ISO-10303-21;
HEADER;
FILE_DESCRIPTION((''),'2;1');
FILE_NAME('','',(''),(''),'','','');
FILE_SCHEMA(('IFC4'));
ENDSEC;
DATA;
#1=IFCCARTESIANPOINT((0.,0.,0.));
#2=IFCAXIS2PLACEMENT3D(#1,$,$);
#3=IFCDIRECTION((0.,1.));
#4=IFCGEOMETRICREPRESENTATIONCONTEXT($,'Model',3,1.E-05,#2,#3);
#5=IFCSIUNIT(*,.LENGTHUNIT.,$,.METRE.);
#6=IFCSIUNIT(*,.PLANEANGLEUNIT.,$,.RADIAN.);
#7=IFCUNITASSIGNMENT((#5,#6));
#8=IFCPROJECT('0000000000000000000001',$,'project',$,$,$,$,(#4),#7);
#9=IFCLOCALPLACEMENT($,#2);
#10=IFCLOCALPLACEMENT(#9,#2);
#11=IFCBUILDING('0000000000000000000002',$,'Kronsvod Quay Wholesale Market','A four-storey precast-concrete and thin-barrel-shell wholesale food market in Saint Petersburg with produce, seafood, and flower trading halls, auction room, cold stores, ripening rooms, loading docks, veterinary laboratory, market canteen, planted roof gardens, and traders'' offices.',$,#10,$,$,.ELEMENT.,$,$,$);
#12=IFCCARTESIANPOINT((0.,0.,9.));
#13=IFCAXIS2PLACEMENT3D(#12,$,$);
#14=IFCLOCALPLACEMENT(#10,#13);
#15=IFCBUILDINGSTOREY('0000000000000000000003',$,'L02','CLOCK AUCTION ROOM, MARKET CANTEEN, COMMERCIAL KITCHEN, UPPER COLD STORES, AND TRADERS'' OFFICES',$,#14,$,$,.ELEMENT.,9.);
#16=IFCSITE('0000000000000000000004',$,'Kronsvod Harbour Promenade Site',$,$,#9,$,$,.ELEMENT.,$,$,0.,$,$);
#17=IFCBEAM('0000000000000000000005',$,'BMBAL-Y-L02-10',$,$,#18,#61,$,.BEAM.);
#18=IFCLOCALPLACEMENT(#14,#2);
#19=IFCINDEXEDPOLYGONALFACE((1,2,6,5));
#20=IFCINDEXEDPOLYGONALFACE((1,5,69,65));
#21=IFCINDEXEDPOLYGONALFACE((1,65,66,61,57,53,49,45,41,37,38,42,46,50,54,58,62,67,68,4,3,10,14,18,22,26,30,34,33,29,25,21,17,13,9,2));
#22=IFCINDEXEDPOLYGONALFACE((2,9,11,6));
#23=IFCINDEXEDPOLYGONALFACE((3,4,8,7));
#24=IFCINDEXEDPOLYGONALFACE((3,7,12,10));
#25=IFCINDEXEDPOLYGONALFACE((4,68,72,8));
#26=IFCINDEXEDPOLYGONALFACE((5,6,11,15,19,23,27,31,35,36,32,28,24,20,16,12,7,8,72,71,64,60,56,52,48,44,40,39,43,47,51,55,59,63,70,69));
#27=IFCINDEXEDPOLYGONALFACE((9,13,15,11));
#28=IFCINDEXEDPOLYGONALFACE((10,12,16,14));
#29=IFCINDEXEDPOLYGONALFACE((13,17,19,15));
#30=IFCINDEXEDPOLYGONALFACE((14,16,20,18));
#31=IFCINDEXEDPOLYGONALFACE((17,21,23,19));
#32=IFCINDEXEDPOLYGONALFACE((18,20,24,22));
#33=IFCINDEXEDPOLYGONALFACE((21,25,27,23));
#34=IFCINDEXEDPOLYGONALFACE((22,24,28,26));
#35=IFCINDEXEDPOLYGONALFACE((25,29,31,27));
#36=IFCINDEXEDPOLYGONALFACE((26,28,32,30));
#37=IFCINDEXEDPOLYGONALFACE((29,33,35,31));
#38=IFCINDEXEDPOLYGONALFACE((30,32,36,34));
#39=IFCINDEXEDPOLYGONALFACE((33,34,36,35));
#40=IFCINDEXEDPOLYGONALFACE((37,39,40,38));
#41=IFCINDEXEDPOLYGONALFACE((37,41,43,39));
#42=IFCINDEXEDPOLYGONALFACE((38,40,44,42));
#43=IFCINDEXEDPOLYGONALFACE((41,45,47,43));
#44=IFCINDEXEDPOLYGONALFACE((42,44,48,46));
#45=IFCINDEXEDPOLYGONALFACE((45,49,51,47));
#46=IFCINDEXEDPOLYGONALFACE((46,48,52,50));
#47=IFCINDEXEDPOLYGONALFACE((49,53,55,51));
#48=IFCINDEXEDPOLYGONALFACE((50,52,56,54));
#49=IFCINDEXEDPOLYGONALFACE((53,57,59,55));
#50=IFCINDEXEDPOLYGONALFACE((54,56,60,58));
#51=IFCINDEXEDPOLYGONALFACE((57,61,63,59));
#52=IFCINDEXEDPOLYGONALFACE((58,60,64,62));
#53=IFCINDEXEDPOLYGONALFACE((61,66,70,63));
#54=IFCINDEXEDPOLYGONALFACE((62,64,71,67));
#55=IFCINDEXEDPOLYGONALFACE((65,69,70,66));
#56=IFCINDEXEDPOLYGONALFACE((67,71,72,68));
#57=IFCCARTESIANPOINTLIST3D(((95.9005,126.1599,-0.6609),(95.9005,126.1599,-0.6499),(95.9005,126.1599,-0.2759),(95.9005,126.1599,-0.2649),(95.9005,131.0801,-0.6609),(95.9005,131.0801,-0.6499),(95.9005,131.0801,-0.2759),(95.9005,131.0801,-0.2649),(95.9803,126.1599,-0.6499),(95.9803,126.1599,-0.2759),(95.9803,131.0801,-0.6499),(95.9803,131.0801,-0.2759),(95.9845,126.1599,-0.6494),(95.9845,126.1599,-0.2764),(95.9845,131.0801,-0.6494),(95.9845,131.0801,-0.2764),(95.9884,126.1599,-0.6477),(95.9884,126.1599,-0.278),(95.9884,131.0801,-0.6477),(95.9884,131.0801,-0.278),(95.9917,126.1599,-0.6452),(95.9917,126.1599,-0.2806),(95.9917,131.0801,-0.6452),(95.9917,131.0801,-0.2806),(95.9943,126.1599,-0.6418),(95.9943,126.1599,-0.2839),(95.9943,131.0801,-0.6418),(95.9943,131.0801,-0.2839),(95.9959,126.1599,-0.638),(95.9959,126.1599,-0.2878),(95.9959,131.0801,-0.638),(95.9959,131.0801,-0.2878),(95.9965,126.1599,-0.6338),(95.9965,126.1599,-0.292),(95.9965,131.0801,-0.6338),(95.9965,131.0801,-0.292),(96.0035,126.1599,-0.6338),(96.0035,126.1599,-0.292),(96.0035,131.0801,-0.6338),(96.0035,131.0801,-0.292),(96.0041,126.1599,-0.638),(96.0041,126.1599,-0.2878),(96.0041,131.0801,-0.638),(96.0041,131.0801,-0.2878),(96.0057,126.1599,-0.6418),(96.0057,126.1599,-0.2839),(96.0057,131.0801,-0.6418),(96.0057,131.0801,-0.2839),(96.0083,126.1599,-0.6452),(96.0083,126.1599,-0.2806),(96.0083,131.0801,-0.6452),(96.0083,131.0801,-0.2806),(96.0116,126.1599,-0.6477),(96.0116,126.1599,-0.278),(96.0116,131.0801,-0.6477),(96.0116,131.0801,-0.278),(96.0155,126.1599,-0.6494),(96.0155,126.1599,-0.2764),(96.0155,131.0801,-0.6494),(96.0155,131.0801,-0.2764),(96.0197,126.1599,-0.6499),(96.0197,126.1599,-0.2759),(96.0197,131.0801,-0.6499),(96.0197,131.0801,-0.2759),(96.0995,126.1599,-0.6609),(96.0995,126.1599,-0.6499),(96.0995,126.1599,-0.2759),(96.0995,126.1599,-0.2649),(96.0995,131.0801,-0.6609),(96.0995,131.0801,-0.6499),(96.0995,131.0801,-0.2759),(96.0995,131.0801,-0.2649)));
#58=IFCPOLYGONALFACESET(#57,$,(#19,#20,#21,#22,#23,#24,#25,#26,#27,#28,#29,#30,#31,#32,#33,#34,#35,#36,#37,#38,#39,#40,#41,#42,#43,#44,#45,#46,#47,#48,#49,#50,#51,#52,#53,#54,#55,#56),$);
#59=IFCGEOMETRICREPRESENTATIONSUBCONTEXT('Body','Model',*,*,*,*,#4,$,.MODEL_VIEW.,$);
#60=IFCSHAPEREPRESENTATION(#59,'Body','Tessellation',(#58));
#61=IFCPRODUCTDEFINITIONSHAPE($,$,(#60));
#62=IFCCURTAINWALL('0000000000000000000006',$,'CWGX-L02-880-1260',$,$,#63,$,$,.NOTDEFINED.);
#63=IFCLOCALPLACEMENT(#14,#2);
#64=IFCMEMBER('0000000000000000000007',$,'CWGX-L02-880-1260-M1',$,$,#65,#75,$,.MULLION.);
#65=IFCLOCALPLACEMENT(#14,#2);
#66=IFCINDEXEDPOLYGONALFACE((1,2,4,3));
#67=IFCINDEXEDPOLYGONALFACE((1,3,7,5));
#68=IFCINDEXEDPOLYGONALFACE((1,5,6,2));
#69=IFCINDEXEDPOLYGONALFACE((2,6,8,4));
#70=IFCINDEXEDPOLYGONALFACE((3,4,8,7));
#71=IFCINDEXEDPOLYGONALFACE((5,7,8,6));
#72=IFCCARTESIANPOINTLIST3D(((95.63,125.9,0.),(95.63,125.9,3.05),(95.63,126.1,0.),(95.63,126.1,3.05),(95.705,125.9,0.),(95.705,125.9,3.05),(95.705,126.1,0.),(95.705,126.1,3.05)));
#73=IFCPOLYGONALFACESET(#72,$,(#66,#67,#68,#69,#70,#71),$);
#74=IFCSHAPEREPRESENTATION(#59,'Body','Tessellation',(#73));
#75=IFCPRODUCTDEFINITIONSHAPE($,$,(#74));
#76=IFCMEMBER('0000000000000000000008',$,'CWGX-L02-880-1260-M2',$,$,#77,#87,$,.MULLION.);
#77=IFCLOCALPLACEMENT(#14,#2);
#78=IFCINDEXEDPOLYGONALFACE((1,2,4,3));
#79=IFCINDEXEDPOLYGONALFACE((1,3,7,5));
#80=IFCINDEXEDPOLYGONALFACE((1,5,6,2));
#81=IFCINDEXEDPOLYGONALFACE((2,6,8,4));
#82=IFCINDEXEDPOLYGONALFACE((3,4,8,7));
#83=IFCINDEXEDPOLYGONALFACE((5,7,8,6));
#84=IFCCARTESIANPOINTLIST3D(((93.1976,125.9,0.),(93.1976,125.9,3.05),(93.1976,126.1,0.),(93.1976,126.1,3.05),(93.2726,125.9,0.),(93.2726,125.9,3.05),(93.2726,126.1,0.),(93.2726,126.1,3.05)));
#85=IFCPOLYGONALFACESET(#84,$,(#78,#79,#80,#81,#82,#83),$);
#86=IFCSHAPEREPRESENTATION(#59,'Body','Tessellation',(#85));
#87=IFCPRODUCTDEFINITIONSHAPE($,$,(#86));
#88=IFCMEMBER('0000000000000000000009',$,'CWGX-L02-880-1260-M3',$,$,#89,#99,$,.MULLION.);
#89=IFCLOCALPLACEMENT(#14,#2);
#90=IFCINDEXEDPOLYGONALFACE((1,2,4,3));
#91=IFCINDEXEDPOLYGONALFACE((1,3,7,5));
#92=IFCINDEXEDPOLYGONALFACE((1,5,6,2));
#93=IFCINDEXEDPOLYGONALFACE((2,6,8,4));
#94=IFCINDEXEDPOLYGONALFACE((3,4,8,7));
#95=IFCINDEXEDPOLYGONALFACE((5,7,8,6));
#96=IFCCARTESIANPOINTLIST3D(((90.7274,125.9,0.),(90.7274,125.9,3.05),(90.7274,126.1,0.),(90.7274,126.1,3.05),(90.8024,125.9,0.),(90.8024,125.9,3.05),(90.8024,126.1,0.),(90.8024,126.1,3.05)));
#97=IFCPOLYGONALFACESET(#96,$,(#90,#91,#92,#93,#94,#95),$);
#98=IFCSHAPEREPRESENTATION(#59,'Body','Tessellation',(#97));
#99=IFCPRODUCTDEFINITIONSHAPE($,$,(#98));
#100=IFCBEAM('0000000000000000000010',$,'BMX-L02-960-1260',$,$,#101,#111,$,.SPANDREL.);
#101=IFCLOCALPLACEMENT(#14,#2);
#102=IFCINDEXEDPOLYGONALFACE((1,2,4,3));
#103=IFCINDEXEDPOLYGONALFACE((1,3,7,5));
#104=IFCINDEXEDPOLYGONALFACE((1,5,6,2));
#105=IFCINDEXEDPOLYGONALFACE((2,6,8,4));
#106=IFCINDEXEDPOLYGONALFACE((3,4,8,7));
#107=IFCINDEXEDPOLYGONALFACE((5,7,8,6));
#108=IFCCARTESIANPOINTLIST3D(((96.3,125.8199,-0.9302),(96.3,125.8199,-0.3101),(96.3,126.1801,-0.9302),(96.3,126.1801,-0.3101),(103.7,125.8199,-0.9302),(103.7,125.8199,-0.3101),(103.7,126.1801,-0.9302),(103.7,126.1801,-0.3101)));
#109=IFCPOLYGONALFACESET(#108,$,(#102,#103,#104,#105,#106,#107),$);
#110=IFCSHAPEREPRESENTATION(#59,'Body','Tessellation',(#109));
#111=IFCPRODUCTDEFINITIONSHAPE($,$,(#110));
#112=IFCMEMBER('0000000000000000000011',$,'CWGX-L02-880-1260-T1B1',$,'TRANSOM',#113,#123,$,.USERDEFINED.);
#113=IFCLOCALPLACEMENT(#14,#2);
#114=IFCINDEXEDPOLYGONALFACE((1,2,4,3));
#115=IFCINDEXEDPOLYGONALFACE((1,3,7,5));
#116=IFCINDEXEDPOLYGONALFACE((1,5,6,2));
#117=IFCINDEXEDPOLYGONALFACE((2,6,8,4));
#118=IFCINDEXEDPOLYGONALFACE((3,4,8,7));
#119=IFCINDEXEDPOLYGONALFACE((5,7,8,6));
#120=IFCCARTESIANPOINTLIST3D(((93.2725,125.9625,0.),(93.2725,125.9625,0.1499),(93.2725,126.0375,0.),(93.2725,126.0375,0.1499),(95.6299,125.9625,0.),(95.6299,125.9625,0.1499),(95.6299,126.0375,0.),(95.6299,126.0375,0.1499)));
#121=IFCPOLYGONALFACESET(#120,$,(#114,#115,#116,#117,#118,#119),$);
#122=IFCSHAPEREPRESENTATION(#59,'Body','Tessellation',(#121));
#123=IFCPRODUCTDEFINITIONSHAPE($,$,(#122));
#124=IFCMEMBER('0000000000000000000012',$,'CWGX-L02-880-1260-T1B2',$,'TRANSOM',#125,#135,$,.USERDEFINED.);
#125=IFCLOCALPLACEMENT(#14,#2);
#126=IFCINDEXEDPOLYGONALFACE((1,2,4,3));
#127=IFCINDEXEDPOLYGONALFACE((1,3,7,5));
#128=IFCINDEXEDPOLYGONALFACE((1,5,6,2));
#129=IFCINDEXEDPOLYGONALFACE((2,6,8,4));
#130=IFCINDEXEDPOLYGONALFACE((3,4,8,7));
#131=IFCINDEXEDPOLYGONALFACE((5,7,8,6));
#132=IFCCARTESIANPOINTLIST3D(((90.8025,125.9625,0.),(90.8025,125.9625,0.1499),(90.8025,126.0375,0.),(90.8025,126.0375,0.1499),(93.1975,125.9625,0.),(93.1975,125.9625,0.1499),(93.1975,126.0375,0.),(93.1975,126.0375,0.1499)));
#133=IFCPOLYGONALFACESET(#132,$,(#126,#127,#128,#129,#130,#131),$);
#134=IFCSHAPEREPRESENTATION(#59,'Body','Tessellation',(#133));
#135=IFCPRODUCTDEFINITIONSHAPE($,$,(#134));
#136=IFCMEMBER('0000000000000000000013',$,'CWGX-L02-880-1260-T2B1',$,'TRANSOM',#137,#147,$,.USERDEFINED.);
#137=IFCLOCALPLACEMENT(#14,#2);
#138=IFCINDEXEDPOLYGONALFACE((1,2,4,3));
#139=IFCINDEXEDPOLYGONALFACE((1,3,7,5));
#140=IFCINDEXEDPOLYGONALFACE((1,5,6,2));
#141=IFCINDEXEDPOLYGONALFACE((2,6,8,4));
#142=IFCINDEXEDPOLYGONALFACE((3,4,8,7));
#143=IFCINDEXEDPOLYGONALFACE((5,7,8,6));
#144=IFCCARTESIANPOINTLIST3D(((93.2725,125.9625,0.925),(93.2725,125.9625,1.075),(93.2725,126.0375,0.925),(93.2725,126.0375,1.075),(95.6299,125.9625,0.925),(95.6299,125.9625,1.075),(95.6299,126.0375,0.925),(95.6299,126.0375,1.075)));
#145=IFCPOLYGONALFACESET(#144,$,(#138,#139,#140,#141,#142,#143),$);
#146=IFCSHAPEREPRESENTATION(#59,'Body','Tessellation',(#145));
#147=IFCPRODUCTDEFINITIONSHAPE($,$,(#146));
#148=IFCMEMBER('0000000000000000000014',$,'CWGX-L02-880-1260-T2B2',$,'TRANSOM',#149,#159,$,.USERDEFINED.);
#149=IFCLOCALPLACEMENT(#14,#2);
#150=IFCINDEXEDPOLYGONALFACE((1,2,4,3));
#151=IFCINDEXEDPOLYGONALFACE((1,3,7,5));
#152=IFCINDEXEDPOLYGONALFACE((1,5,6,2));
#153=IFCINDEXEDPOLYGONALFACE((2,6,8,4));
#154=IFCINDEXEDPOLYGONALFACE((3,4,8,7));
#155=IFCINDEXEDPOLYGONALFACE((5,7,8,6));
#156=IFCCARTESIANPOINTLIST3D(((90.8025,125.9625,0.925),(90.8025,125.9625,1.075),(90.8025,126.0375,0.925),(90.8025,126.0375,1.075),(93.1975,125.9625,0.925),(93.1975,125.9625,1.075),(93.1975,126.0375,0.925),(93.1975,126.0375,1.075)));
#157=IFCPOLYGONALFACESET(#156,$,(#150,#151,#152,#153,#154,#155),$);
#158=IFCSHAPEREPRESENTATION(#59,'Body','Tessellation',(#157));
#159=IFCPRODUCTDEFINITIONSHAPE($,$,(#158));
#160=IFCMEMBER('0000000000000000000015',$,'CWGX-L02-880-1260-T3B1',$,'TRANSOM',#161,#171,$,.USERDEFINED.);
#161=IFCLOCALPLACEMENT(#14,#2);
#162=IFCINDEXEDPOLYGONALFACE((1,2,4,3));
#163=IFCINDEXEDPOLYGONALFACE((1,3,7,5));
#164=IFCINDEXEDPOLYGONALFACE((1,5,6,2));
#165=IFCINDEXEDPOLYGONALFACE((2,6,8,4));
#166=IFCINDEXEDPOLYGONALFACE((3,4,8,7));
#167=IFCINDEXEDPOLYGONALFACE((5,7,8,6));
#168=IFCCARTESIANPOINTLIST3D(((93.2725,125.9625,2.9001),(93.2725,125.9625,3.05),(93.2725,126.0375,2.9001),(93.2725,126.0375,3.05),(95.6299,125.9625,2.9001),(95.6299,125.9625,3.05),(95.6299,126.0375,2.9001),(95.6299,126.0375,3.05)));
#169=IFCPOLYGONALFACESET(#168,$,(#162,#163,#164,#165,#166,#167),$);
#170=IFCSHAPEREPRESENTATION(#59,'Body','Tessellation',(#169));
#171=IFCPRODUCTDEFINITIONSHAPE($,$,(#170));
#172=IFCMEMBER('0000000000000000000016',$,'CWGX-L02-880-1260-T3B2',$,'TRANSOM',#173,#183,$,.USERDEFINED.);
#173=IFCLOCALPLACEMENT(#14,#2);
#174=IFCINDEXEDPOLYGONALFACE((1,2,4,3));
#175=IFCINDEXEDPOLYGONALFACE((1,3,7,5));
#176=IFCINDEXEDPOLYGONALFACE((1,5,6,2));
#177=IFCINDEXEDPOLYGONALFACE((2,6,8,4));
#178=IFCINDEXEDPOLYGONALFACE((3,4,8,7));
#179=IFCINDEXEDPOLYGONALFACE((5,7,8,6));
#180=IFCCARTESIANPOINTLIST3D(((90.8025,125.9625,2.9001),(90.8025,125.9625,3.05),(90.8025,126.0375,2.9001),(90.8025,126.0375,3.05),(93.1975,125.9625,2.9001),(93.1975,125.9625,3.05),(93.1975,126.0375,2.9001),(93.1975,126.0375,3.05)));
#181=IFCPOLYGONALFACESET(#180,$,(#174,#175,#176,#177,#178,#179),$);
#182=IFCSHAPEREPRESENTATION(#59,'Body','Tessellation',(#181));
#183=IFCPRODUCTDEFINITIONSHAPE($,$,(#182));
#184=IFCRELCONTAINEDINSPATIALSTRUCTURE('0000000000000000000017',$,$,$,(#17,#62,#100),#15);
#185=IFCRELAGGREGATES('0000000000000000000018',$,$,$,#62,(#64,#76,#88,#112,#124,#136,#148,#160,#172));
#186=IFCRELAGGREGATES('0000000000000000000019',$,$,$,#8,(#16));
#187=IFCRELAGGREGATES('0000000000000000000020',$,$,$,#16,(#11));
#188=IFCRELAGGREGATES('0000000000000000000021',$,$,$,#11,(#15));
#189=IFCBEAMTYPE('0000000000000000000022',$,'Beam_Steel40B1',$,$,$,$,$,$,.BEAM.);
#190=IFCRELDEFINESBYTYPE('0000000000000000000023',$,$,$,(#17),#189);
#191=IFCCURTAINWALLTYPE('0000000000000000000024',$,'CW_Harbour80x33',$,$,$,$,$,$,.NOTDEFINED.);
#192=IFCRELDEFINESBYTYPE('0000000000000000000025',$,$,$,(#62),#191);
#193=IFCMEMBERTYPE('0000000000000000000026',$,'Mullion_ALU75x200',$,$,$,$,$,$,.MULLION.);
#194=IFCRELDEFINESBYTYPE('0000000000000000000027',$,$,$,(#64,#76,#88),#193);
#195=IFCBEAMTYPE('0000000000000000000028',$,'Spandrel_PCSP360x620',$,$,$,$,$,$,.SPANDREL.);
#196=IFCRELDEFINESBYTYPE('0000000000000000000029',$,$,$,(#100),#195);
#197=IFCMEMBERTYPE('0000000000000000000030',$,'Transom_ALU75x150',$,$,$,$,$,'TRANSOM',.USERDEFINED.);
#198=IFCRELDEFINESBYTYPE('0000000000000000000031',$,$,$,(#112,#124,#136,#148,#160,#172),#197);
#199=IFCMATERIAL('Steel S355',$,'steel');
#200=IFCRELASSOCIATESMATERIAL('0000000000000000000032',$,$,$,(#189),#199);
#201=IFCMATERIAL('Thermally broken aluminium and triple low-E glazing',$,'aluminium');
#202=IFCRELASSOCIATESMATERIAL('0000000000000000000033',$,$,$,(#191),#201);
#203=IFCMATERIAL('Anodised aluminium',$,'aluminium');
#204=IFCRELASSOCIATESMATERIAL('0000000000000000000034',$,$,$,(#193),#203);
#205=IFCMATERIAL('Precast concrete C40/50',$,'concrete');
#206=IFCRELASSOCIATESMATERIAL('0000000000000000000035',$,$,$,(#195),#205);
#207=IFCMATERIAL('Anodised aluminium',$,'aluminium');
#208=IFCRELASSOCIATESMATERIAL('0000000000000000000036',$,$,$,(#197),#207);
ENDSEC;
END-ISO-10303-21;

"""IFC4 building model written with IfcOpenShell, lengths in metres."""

from ifc_helpers import new_model, si_unit, direction, frame, origin, origin_2d, place, context, subcontext, project, spatial, rectangle, i_section, extrude, material, material_profile, profile_set, type_object, element, aggregate, save


model = new_model("IFC4")

# Units and contexts
model_context = context("Model", 3, precision=1e-05, world=origin(), true_north=direction((0.0, 1.0)))
body_context = subcontext(model_context, "Body", "Model", "MODEL_VIEW")
ifc_project = project(units=[si_unit("LENGTHUNIT", "METRE"), si_unit("PLANEANGLEUNIT", "RADIAN")], contexts=[model_context])

# Site, building, storey
site_placement = place(None, origin())
site = spatial("IfcSite", under=ifc_project, at=site_placement, Name="Kronsvod Harbour Promenade Site", CompositionType="ELEMENT", RefElevation=0.0)
building_placement = place(site_placement, origin())
building = spatial("IfcBuilding", under=site, at=building_placement, Name="Kronsvod Quay Wholesale Market", Description="A four-storey precast-concrete and thin-barrel-shell wholesale food market in Saint Petersburg with produce, seafood, and flower trading halls, auction room, cold stores, ripening rooms, loading docks, veterinary laboratory, market canteen, planted roof gardens, and traders' offices.", CompositionType="ELEMENT")
storey_placement = place(building_placement, frame((0.0, 0.0, 9.0)))
storey = spatial("IfcBuildingStorey", under=building, at=storey_placement, Name="L02", Description="CLOCK AUCTION ROOM, MARKET CANTEEN, COMMERCIAL KITCHEN, UPPER COLD STORES, AND TRADERS' OFFICES", CompositionType="ELEMENT", Elevation=9.0)

# Beam
ifc_material_1 = material(Name="Steel S355", Category="steel")
ifc_material_profile_1 = material_profile(ifc_material_1, i_section(OverallWidth=0.199, OverallDepth=0.396, WebThickness=0.0071, FlangeThickness=0.011, FilletRadius=0.0161, at=origin_2d()), Name="40B1")
ifc_profile_set_1 = profile_set([ifc_material_profile_1], Name="Steel S355")
beam_type_1 = type_object("IfcBeamType", Name="Beam_Steel40B1", PredefinedType="BEAM", material=ifc_profile_set_1)
for number, where, z_axis, x_axis, name in (
    (1, (96.0, 126.1599, -0.4629), (0.0, 1.0, 0.0), (-1.0, 0.0, 0.0), "BMBAL-Y-L02-10"),
):
    element("IfcBeam", number, at=place(storey_placement, frame(where, z_axis=z_axis, x_axis=x_axis)), inside=storey, type_object=beam_type_1, Name=name, PredefinedType="BEAM", context=body_context, shape_type="SweptSolid", body=[
        extrude(i_section(OverallWidth=0.199, OverallDepth=0.396, WebThickness=0.0071, FlangeThickness=0.011, FilletRadius=0.0161, at=origin_2d()), origin(), (0.0, 0.0, 1.0), 4.9202),
    ])

# Curtain wall, members
ifc_material_2 = material(Name="Thermally broken aluminium and triple low-E glazing", Category="aluminium")
curtain_wall_type = type_object("IfcCurtainWallType", Name="CW_Harbour80x33", PredefinedType="NOTDEFINED", material=ifc_material_2)
curtain_wall_placement = place(storey_placement, origin())
curtain_wall = element("IfcCurtainWall", 2, at=curtain_wall_placement, inside=storey, type_object=curtain_wall_type, Name="CWGX-L02-880-1260", PredefinedType="NOTDEFINED")
ifc_material_3 = material(Name="Anodised aluminium", Category="aluminium")
ifc_material_profile_2 = material_profile(ifc_material_3, rectangle(XDim=0.075, YDim=0.2, at=origin_2d()), Name="ALUM75x200")
ifc_profile_set_2 = profile_set([ifc_material_profile_2], Name="Anodised aluminium")
member_type_1 = type_object("IfcMemberType", Name="Mullion_ALU75x200", PredefinedType="MULLION", material=ifc_profile_set_2)
member_1_placement = place(storey_placement, frame((95.6675, 126.0, 0.0), z_axis=(0.0, 0.0, 1.0), x_axis=(1.0, 0.0, 0.0)))
member_1 = element("IfcMember", 3, at=member_1_placement, type_object=member_type_1, Name="CWGX-L02-880-1260-M1", PredefinedType="MULLION", context=body_context, shape_type="SweptSolid", body=[
    extrude(rectangle(XDim=0.075, YDim=0.2, at=origin_2d()), origin(), (0.0, 0.0, 1.0), 3.05),
])
member_2_placement = place(storey_placement, frame((93.2351, 126.0, 0.0), z_axis=(0.0, 0.0, 1.0), x_axis=(1.0, 0.0, 0.0)))
member_2 = element("IfcMember", 4, at=member_2_placement, type_object=member_type_1, Name="CWGX-L02-880-1260-M2", PredefinedType="MULLION", context=body_context, shape_type="SweptSolid", body=[
    extrude(rectangle(XDim=0.075, YDim=0.2, at=origin_2d()), origin(), (0.0, 0.0, 1.0), 3.05),
])
member_3_placement = place(storey_placement, frame((90.7649, 126.0, 0.0), z_axis=(0.0, 0.0, 1.0), x_axis=(1.0, 0.0, 0.0)))
member_3 = element("IfcMember", 5, at=member_3_placement, type_object=member_type_1, Name="CWGX-L02-880-1260-M3", PredefinedType="MULLION", context=body_context, shape_type="SweptSolid", body=[
    extrude(rectangle(XDim=0.075, YDim=0.2, at=origin_2d()), origin(), (0.0, 0.0, 1.0), 3.05),
])

# Beam
ifc_material_4 = material(Name="Precast concrete C40/50", Category="concrete")
ifc_material_profile_3 = material_profile(ifc_material_4, rectangle(XDim=0.3601, YDim=0.6201, at=origin_2d()), Name="SPB-02")
ifc_profile_set_3 = profile_set([ifc_material_profile_3], Name="Precast concrete C40/50")
beam_type_2 = type_object("IfcBeamType", Name="Spandrel_PCSP360x620", PredefinedType="SPANDREL", material=ifc_profile_set_3)
beam_placement = place(storey_placement, frame((96.3, 126.0, -0.6201), z_axis=(1.0, 0.0, 0.0), x_axis=(0.0, 1.0, 0.0)))
element("IfcBeam", 6, at=beam_placement, inside=storey, type_object=beam_type_2, Name="BMX-L02-960-1260", PredefinedType="SPANDREL", context=body_context, shape_type="SweptSolid", body=[
    extrude(rectangle(XDim=0.3601, YDim=0.6201, at=origin_2d()), origin(), (0.0, 0.0, 1.0), 7.3999),
])

# Members
ifc_material_5 = material(Name="Anodised aluminium", Category="aluminium")
ifc_material_profile_4 = material_profile(ifc_material_5, rectangle(XDim=0.075, YDim=0.1499, at=origin_2d()), Name="ALUT75x150")
ifc_profile_set_4 = profile_set([ifc_material_profile_4], Name="Anodised aluminium")
member_type_2 = type_object("IfcMemberType", Name="Transom_ALU75x150", ElementType="TRANSOM", PredefinedType="USERDEFINED", material=ifc_profile_set_4)
member_4_placement = place(storey_placement, frame((95.6299, 126.0, 0.075), z_axis=(-1.0, 0.0, 0.0), x_axis=(0.0, -1.0, 0.0)))
member_4 = element("IfcMember", 7, at=member_4_placement, type_object=member_type_2, Name="CWGX-L02-880-1260-T1B1", ObjectType="TRANSOM", PredefinedType="USERDEFINED", context=body_context, shape_type="SweptSolid", body=[
    extrude(rectangle(XDim=0.075, YDim=0.1499, at=origin_2d()), origin(), (0.0, 0.0, 1.0), 2.3574),
])
member_5_placement = place(storey_placement, frame((93.1975, 126.0, 0.075), z_axis=(-1.0, 0.0, 0.0), x_axis=(0.0, -1.0, 0.0)))
member_5 = element("IfcMember", 8, at=member_5_placement, type_object=member_type_2, Name="CWGX-L02-880-1260-T1B2", ObjectType="TRANSOM", PredefinedType="USERDEFINED", context=body_context, shape_type="SweptSolid", body=[
    extrude(rectangle(XDim=0.075, YDim=0.1499, at=origin_2d()), origin(), (0.0, 0.0, 1.0), 2.395),
])
member_6_placement = place(storey_placement, frame((95.6299, 126.0, 1.0), z_axis=(-1.0, 0.0, 0.0), x_axis=(0.0, -1.0, 0.0)))
member_6 = element("IfcMember", 9, at=member_6_placement, type_object=member_type_2, Name="CWGX-L02-880-1260-T2B1", ObjectType="TRANSOM", PredefinedType="USERDEFINED", context=body_context, shape_type="SweptSolid", body=[
    extrude(rectangle(XDim=0.075, YDim=0.1499, at=origin_2d()), origin(), (0.0, 0.0, 1.0), 2.3574),
])
member_7_placement = place(storey_placement, frame((93.1975, 126.0, 1.0), z_axis=(-1.0, 0.0, 0.0), x_axis=(0.0, -1.0, 0.0)))
member_7 = element("IfcMember", 10, at=member_7_placement, type_object=member_type_2, Name="CWGX-L02-880-1260-T2B2", ObjectType="TRANSOM", PredefinedType="USERDEFINED", context=body_context, shape_type="SweptSolid", body=[
    extrude(rectangle(XDim=0.075, YDim=0.1499, at=origin_2d()), origin(), (0.0, 0.0, 1.0), 2.395),
])
member_8_placement = place(storey_placement, frame((95.6299, 126.0, 2.9751), z_axis=(-1.0, 0.0, 0.0), x_axis=(0.0, -1.0, 0.0)))
member_8 = element("IfcMember", 11, at=member_8_placement, type_object=member_type_2, Name="CWGX-L02-880-1260-T3B1", ObjectType="TRANSOM", PredefinedType="USERDEFINED", context=body_context, shape_type="SweptSolid", body=[
    extrude(rectangle(XDim=0.075, YDim=0.1499, at=origin_2d()), origin(), (0.0, 0.0, 1.0), 2.3574),
])
member_9_placement = place(storey_placement, frame((93.1975, 126.0, 2.9751), z_axis=(-1.0, 0.0, 0.0), x_axis=(0.0, -1.0, 0.0)))
member_9 = element("IfcMember", 12, at=member_9_placement, type_object=member_type_2, Name="CWGX-L02-880-1260-T3B2", ObjectType="TRANSOM", PredefinedType="USERDEFINED", context=body_context, shape_type="SweptSolid", body=[
    extrude(rectangle(XDim=0.075, YDim=0.1499, at=origin_2d()), origin(), (0.0, 0.0, 1.0), 2.395),
])

aggregate(curtain_wall, [member_1, member_2, member_3, member_4, member_5, member_6, member_7, member_8, member_9])

save(model, "model.ifc")
